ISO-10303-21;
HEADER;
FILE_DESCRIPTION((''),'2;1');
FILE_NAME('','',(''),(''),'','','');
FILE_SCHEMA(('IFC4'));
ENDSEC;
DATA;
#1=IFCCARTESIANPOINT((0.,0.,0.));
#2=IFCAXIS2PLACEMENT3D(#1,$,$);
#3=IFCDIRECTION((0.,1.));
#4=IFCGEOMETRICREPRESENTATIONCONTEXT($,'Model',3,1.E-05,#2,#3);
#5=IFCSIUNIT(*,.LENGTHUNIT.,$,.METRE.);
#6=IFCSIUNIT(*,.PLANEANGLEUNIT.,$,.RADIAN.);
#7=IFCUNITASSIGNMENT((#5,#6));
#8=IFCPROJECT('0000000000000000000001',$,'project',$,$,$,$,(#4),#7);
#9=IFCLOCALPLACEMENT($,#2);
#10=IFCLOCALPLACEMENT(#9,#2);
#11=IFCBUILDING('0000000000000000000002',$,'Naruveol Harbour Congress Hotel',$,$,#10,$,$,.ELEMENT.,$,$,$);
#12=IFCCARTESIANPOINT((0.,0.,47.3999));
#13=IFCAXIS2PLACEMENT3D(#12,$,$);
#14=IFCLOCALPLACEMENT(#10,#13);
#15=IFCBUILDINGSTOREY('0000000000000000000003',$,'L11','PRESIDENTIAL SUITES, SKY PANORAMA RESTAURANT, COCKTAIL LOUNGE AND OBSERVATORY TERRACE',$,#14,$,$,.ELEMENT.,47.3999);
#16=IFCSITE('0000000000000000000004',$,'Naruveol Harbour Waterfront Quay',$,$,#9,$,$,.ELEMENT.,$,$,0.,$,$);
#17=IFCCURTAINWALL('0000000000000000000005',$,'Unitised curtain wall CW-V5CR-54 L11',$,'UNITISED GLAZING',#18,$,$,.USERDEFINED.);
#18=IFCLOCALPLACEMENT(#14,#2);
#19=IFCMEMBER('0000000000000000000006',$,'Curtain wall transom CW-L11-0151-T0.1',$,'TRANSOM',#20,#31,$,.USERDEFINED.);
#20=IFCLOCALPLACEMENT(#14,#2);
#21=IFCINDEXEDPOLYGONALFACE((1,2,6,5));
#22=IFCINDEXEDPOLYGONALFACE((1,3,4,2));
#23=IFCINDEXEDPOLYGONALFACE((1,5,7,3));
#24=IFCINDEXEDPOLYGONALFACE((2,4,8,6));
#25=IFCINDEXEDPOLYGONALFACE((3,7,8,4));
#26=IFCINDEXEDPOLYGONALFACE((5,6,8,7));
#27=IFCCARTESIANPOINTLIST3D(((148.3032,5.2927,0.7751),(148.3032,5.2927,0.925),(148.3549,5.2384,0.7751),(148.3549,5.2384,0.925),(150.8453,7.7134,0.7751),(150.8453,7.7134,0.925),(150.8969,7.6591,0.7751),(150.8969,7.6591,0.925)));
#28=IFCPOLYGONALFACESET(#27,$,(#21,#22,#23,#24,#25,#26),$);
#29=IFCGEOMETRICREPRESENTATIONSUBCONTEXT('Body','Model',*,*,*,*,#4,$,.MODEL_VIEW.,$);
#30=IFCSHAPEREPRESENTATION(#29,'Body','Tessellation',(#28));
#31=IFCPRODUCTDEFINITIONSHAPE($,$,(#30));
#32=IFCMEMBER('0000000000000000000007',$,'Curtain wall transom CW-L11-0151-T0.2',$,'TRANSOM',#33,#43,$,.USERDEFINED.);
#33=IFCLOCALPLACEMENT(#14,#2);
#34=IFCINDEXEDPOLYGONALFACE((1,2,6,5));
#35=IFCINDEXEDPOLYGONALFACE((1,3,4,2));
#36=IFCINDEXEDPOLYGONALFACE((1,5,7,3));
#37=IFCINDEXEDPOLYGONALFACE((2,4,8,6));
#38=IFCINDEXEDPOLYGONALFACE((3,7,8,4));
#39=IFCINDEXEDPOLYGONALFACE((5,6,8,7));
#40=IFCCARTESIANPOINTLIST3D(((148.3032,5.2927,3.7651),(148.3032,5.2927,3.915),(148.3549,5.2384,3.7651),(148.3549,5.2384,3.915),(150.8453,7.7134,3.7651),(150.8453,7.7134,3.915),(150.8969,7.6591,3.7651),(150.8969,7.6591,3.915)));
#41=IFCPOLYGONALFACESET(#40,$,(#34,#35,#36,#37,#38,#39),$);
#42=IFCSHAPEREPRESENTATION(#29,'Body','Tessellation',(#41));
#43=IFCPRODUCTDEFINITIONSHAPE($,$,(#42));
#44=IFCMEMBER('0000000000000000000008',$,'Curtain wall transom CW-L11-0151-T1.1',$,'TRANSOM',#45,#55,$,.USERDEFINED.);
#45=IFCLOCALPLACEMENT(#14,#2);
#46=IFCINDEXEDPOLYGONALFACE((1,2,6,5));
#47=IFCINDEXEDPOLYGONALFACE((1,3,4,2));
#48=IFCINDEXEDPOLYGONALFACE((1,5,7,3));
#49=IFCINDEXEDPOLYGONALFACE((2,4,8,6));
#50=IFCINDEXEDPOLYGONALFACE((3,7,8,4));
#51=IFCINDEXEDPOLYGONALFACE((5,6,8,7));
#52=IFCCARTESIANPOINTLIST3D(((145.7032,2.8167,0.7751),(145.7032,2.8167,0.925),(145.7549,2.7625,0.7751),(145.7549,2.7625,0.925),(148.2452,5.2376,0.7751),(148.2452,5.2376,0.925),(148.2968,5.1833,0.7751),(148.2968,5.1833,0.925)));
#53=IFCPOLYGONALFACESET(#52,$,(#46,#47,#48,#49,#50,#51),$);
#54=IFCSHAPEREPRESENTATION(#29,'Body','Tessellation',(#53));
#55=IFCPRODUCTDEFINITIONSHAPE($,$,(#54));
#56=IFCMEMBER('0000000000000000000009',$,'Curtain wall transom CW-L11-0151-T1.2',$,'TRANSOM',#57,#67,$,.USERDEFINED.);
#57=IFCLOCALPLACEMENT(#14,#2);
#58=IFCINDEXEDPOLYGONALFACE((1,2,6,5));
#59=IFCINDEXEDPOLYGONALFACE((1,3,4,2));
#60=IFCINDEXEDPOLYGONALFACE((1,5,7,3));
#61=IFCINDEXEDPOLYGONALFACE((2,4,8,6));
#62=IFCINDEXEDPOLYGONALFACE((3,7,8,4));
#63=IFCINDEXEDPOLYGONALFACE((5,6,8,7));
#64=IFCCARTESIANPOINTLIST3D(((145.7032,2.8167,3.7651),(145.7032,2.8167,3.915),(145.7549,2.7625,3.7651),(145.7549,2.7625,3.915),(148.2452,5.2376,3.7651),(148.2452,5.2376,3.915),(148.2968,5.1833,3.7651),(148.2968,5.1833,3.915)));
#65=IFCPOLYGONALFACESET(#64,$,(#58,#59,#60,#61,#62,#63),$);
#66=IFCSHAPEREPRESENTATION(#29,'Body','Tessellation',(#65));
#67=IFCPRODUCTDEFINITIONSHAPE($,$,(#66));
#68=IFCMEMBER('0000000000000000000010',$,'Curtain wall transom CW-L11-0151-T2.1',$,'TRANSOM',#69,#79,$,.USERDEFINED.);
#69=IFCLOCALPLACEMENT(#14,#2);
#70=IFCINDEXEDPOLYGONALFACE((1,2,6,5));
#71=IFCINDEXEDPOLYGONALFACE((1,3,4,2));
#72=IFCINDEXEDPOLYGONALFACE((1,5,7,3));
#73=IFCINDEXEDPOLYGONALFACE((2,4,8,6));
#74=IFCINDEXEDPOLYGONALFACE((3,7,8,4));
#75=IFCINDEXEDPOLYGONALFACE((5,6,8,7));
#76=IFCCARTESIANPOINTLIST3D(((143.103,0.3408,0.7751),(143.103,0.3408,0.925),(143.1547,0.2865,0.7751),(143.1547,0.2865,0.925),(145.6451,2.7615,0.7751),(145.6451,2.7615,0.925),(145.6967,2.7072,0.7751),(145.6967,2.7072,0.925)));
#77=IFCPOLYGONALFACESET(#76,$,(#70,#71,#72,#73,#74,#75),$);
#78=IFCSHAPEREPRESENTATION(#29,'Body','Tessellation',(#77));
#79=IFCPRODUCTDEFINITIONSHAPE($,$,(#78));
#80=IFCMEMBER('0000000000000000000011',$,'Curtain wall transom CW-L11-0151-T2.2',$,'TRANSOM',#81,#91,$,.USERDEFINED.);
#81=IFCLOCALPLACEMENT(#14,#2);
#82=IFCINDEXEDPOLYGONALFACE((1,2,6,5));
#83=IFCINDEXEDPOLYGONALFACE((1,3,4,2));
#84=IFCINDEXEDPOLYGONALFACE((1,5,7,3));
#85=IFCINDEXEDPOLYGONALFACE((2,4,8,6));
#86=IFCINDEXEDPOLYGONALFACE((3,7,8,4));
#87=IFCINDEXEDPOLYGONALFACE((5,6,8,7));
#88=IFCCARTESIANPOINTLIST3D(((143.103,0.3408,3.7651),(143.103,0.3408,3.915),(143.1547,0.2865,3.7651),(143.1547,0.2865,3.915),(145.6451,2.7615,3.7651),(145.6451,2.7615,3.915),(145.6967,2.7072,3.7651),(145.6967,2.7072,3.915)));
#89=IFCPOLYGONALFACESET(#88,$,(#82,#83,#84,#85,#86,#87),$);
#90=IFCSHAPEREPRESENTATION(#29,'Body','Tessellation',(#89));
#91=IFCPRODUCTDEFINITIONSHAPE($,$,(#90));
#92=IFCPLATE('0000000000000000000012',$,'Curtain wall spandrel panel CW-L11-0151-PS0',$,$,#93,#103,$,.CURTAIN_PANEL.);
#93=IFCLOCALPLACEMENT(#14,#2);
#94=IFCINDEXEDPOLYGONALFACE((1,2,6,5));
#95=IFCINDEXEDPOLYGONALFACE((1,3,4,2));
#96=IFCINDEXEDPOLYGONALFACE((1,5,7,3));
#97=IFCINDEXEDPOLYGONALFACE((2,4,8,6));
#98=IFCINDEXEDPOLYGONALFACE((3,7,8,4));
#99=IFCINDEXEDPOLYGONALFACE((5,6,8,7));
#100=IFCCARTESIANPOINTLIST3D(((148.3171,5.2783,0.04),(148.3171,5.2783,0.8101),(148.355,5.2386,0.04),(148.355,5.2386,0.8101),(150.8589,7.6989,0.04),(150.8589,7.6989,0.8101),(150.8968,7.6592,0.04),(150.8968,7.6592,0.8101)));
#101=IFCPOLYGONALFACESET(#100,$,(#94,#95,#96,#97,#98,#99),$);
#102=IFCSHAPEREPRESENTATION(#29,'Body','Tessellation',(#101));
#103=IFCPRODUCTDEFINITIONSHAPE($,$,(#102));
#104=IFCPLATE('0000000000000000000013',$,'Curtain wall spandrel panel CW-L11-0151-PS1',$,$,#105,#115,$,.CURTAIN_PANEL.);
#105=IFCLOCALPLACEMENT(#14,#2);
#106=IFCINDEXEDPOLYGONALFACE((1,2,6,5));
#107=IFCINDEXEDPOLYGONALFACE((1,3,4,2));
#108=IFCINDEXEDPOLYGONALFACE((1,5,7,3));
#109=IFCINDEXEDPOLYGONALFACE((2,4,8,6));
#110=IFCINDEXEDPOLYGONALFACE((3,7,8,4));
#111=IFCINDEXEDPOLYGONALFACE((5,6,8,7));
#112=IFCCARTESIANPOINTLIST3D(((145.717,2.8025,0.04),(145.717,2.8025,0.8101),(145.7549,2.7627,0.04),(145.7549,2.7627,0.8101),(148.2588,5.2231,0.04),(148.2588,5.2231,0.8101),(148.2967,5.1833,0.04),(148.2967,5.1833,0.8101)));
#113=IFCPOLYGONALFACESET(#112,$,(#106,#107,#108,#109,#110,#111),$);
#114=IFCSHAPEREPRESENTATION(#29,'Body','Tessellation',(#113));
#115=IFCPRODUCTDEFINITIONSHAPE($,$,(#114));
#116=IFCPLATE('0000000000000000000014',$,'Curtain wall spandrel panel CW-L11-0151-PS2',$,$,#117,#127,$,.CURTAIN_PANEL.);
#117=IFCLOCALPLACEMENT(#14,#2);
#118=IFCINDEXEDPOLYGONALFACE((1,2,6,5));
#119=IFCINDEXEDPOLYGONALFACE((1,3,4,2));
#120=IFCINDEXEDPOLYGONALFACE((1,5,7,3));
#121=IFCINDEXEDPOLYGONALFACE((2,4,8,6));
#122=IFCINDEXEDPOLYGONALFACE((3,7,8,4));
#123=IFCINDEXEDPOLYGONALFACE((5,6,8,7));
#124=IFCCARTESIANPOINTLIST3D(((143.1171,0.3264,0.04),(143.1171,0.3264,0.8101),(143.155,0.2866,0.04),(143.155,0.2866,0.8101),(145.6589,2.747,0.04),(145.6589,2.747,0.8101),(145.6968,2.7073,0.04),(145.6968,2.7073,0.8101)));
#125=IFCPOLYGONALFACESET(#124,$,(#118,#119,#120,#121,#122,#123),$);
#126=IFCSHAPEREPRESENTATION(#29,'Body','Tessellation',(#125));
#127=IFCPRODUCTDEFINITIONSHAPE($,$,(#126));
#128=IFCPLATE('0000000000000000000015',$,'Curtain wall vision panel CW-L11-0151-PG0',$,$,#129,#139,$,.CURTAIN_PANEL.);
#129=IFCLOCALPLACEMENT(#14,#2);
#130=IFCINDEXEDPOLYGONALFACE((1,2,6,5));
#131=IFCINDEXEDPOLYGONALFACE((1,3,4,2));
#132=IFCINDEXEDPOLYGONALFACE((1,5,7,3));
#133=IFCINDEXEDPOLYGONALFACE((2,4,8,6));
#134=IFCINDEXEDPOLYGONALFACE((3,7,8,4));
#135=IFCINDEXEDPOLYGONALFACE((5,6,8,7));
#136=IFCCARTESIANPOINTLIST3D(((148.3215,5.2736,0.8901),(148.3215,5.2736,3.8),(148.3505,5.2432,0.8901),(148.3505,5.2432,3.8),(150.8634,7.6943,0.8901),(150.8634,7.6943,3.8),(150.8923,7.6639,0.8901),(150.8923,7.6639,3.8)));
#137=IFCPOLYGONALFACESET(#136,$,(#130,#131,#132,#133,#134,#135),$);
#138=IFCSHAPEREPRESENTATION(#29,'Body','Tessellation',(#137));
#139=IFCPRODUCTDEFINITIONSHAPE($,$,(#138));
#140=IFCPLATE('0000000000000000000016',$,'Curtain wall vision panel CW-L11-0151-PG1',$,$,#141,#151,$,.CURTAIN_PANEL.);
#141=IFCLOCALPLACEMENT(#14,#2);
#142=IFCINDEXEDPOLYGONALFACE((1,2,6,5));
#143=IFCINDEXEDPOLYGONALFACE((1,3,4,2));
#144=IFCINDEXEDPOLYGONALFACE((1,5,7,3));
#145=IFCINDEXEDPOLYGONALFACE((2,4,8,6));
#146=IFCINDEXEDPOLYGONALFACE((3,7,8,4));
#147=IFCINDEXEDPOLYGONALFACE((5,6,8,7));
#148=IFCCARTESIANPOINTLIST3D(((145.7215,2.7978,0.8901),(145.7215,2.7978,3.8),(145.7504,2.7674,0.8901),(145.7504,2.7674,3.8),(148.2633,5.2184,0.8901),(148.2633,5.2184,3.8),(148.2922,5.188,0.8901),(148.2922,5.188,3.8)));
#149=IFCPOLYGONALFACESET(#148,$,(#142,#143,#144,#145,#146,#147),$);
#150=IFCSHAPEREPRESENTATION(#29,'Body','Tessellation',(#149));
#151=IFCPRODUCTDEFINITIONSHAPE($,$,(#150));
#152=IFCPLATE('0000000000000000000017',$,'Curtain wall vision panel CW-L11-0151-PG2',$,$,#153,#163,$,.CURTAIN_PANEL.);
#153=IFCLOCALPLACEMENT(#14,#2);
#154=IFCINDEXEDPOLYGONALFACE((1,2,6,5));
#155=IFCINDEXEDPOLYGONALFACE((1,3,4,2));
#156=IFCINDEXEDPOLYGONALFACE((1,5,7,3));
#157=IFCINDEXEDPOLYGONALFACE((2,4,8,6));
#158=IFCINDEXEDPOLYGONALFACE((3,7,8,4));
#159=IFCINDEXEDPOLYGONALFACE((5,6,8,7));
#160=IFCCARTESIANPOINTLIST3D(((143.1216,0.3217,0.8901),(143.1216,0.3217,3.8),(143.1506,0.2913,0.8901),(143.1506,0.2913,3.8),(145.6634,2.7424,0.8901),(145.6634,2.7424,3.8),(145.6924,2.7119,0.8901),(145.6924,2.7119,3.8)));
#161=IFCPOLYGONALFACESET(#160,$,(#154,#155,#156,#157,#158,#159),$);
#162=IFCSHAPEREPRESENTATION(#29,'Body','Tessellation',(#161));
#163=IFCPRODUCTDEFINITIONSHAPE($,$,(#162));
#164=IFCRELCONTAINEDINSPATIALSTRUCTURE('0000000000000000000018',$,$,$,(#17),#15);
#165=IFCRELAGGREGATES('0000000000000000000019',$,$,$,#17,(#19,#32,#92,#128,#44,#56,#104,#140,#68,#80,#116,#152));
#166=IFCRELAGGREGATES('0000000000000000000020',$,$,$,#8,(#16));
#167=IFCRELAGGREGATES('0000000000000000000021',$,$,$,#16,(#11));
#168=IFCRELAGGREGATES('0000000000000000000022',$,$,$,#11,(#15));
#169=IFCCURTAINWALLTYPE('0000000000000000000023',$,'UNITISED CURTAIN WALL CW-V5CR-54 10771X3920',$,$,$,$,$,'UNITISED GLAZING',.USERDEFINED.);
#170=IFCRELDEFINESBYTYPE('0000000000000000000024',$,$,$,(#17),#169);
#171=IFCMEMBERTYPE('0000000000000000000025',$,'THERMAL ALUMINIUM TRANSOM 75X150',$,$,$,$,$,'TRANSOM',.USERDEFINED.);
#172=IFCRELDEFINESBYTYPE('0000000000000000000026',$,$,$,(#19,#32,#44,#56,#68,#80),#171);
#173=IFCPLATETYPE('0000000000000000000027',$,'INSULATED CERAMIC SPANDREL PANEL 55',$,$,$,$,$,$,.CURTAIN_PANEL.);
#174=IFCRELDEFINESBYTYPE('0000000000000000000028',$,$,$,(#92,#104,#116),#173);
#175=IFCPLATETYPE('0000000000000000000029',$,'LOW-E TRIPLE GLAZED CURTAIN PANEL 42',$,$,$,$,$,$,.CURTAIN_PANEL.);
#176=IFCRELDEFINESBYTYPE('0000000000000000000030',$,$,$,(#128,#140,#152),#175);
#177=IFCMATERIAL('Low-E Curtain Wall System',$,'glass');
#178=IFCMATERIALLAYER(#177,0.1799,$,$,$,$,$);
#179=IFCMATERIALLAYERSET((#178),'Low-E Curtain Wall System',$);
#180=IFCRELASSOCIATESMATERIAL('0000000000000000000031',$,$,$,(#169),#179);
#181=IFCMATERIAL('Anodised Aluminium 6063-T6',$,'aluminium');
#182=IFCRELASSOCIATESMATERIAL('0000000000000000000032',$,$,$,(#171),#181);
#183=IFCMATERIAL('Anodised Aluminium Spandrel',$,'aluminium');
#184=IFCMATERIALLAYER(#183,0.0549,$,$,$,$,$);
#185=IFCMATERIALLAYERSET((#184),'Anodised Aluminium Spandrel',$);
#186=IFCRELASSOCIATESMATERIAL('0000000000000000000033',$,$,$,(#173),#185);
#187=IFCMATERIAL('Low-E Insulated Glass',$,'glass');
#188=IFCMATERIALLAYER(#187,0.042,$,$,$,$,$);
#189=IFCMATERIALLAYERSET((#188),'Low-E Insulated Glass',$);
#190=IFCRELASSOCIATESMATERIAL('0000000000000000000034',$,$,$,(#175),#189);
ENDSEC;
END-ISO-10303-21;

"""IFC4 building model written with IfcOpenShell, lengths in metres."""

from ifc_helpers import new_model, si_unit, direction, frame, origin, origin_2d, place, context, subcontext, project, spatial, rectangle, extrude, material, layer, layer_set, material_profile, profile_set, type_object, element, aggregate, save


model = new_model("IFC4")

# Units and contexts
model_context = context("Model", 3, precision=1e-05, world=origin(), true_north=direction((0.0, 1.0)))
body_context = subcontext(model_context, "Body", "Model", "MODEL_VIEW")
ifc_project = project(units=[si_unit("LENGTHUNIT", "METRE"), si_unit("PLANEANGLEUNIT", "RADIAN")], contexts=[model_context])

# Site, building, storey
site_placement = place(None, origin())
site = spatial("IfcSite", under=ifc_project, at=site_placement, Name="Naruveol Harbour Waterfront Quay", CompositionType="ELEMENT", RefElevation=0.0)
building_placement = place(site_placement, origin())
building = spatial("IfcBuilding", under=site, at=building_placement, Name="Naruveol Harbour Congress Hotel", CompositionType="ELEMENT")
storey_placement = place(building_placement, frame((0.0, 0.0, 47.3999)))
storey = spatial("IfcBuildingStorey", under=building, at=storey_placement, Name="L11", Description="PRESIDENTIAL SUITES, SKY PANORAMA RESTAURANT, COCKTAIL LOUNGE AND OBSERVATORY TERRACE", CompositionType="ELEMENT", Elevation=47.3999)

# Curtain wall, members, plates
ifc_material_1 = material(Name="Low-E Curtain Wall System", Category="glass")
ifc_layer_1 = layer(ifc_material_1, 0.1799)
ifc_layer_set_1 = layer_set([ifc_layer_1], Name="Low-E Curtain Wall System")
curtain_wall_type = type_object("IfcCurtainWallType", Name="UNITISED CURTAIN WALL CW-V5CR-54 10771X3920", ElementType="UNITISED GLAZING", PredefinedType="USERDEFINED", material=ifc_layer_set_1)
curtain_wall_placement = place(storey_placement, origin())
curtain_wall = element("IfcCurtainWall", 1, at=curtain_wall_placement, inside=storey, type_object=curtain_wall_type, Name="Unitised curtain wall CW-V5CR-54 L11", ObjectType="UNITISED GLAZING", PredefinedType="USERDEFINED")
ifc_material_2 = material(Name="Anodised Aluminium 6063-T6", Category="aluminium")
ifc_material_profile_1 = material_profile(ifc_material_2, rectangle(XDim=0.075, YDim=0.1499, at=origin_2d()), Name="ALU-75x150")
ifc_profile_set_1 = profile_set([ifc_material_profile_1], Name="Anodised Aluminium 6063-T6")
member_type_1 = type_object("IfcMemberType", Name="THERMAL ALUMINIUM TRANSOM 75X150", ElementType="TRANSOM", PredefinedType="USERDEFINED", material=ifc_profile_set_1)
member_1_placement = place(storey_placement, frame((150.8711, 7.6863, 0.8501), z_axis=(-0.724179, -0.689612, 0.0), x_axis=(0.689612, -0.724179, 0.0)))
member_1 = element("IfcMember", 2, at=member_1_placement, type_object=member_type_1, Name="Curtain wall transom CW-L11-0151-T0.1", ObjectType="TRANSOM", PredefinedType="USERDEFINED", context=body_context, shape_type="SweptSolid", body=[
    extrude(rectangle(XDim=0.075, YDim=0.1499, at=origin_2d()), origin(), (0.0, 0.0, 1.0), 3.5103),
])
member_2_placement = place(storey_placement, frame((150.8711, 7.6863, 3.8401), z_axis=(-0.724179, -0.689612, 0.0), x_axis=(0.689612, -0.724179, 0.0)))
member_2 = element("IfcMember", 3, at=member_2_placement, type_object=member_type_1, Name="Curtain wall transom CW-L11-0151-T0.2", ObjectType="TRANSOM", PredefinedType="USERDEFINED", context=body_context, shape_type="SweptSolid", body=[
    extrude(rectangle(XDim=0.075, YDim=0.1499, at=origin_2d()), origin(), (0.0, 0.0, 1.0), 3.5103),
])
member_3_placement = place(storey_placement, frame((148.271, 5.2104, 0.8501), z_axis=(-0.724145, -0.689648, 0.0), x_axis=(0.689648, -0.724145, 0.0)))
member_3 = element("IfcMember", 4, at=member_3_placement, type_object=member_type_1, Name="Curtain wall transom CW-L11-0151-T1.1", ObjectType="TRANSOM", PredefinedType="USERDEFINED", context=body_context, shape_type="SweptSolid", body=[
    extrude(rectangle(XDim=0.075, YDim=0.1499, at=origin_2d()), origin(), (0.0, 0.0, 1.0), 3.5103),
])
member_4_placement = place(storey_placement, frame((148.271, 5.2104, 3.8401), z_axis=(-0.724145, -0.689648, 0.0), x_axis=(0.689648, -0.724145, 0.0)))
member_4 = element("IfcMember", 5, at=member_4_placement, type_object=member_type_1, Name="Curtain wall transom CW-L11-0151-T1.2", ObjectType="TRANSOM", PredefinedType="USERDEFINED", context=body_context, shape_type="SweptSolid", body=[
    extrude(rectangle(XDim=0.075, YDim=0.1499, at=origin_2d()), origin(), (0.0, 0.0, 1.0), 3.5103),
])
member_5_placement = place(storey_placement, frame((145.6709, 2.7344, 0.8501), z_axis=(-0.724179, -0.689612, 0.0), x_axis=(0.689612, -0.724179, 0.0)))
member_5 = element("IfcMember", 6, at=member_5_placement, type_object=member_type_1, Name="Curtain wall transom CW-L11-0151-T2.1", ObjectType="TRANSOM", PredefinedType="USERDEFINED", context=body_context, shape_type="SweptSolid", body=[
    extrude(rectangle(XDim=0.075, YDim=0.1499, at=origin_2d()), origin(), (0.0, 0.0, 1.0), 3.5103),
])
member_6_placement = place(storey_placement, frame((145.6709, 2.7344, 3.8401), z_axis=(-0.724179, -0.689612, 0.0), x_axis=(0.689612, -0.724179, 0.0)))
member_6 = element("IfcMember", 7, at=member_6_placement, type_object=member_type_1, Name="Curtain wall transom CW-L11-0151-T2.2", ObjectType="TRANSOM", PredefinedType="USERDEFINED", context=body_context, shape_type="SweptSolid", body=[
    extrude(rectangle(XDim=0.075, YDim=0.1499, at=origin_2d()), origin(), (0.0, 0.0, 1.0), 3.5103),
])
ifc_material_3 = material(Name="Anodised Aluminium Spandrel", Category="aluminium")
ifc_layer_2 = layer(ifc_material_3, 0.0549)
ifc_layer_set_2 = layer_set([ifc_layer_2], Name="Anodised Aluminium Spandrel")
plate_type_1 = type_object("IfcPlateType", Name="INSULATED CERAMIC SPANDREL PANEL 55", PredefinedType="CURTAIN_PANEL", material=ifc_layer_set_2)
plate_1_placement = place(storey_placement, frame((149.6069, 6.4688, 0.04), z_axis=(0.0, 0.0, 1.0), x_axis=(-0.72416, -0.689632, 0.0)))
plate_1 = element("IfcPlate", 8, at=plate_1_placement, type_object=plate_type_1, Name="Curtain wall spandrel panel CW-L11-0151-PS0", PredefinedType="CURTAIN_PANEL", context=body_context, shape_type="SweptSolid", body=[
    extrude(rectangle(XDim=3.51, YDim=0.0549, at=origin_2d()), origin(), (0.0, 0.0, 1.0), 0.77),
])
plate_2_placement = place(storey_placement, frame((147.0068, 3.9929, 0.04), z_axis=(0.0, 0.0, 1.0), x_axis=(-0.72416, -0.689632, 0.0)))
plate_2 = element("IfcPlate", 9, at=plate_2_placement, type_object=plate_type_1, Name="Curtain wall spandrel panel CW-L11-0151-PS1", PredefinedType="CURTAIN_PANEL", context=body_context, shape_type="SweptSolid", body=[
    extrude(rectangle(XDim=3.51, YDim=0.0549, at=origin_2d()), origin(), (0.0, 0.0, 1.0), 0.77),
])
plate_3_placement = place(storey_placement, frame((144.407, 1.5168, 0.04), z_axis=(0.0, 0.0, 1.0), x_axis=(-0.72416, -0.689632, 0.0)))
plate_3 = element("IfcPlate", 10, at=plate_3_placement, type_object=plate_type_1, Name="Curtain wall spandrel panel CW-L11-0151-PS2", PredefinedType="CURTAIN_PANEL", context=body_context, shape_type="SweptSolid", body=[
    extrude(rectangle(XDim=3.51, YDim=0.0549, at=origin_2d()), origin(), (0.0, 0.0, 1.0), 0.77),
])
ifc_material_4 = material(Name="Low-E Insulated Glass", Category="glass")
ifc_layer_3 = layer(ifc_material_4, 0.042)
ifc_layer_set_3 = layer_set([ifc_layer_3], Name="Low-E Insulated Glass")
plate_type_2 = type_object("IfcPlateType", Name="LOW-E TRIPLE GLAZED CURTAIN PANEL 42", PredefinedType="CURTAIN_PANEL", material=ifc_layer_set_3)
plate_4_placement = place(storey_placement, frame((149.6069, 6.4688, 0.8901), z_axis=(0.0, 0.0, 1.0), x_axis=(-0.72416, -0.689632, 0.0)))
plate_4 = element("IfcPlate", 11, at=plate_4_placement, type_object=plate_type_2, Name="Curtain wall vision panel CW-L11-0151-PG0", PredefinedType="CURTAIN_PANEL", context=body_context, shape_type="SweptSolid", body=[
    extrude(rectangle(XDim=3.51, YDim=0.042, at=origin_2d()), origin(), (0.0, 0.0, 1.0), 2.9099),
])
plate_5_placement = place(storey_placement, frame((147.0068, 3.9929, 0.8901), z_axis=(0.0, 0.0, 1.0), x_axis=(-0.72416, -0.689632, 0.0)))
plate_5 = element("IfcPlate", 12, at=plate_5_placement, type_object=plate_type_2, Name="Curtain wall vision panel CW-L11-0151-PG1", PredefinedType="CURTAIN_PANEL", context=body_context, shape_type="SweptSolid", body=[
    extrude(rectangle(XDim=3.51, YDim=0.042, at=origin_2d()), origin(), (0.0, 0.0, 1.0), 2.9099),
])
plate_6_placement = place(storey_placement, frame((144.407, 1.5168, 0.8901), z_axis=(0.0, 0.0, 1.0), x_axis=(-0.72416, -0.689632, 0.0)))
plate_6 = element("IfcPlate", 13, at=plate_6_placement, type_object=plate_type_2, Name="Curtain wall vision panel CW-L11-0151-PG2", PredefinedType="CURTAIN_PANEL", context=body_context, shape_type="SweptSolid", body=[
    extrude(rectangle(XDim=3.51, YDim=0.042, at=origin_2d()), origin(), (0.0, 0.0, 1.0), 2.9099),
])
aggregate(curtain_wall, [member_1, member_2, plate_1, plate_4, member_3, member_4, plate_2, plate_5, member_5, member_6, plate_3, plate_6])

save(model, "model.ifc")
